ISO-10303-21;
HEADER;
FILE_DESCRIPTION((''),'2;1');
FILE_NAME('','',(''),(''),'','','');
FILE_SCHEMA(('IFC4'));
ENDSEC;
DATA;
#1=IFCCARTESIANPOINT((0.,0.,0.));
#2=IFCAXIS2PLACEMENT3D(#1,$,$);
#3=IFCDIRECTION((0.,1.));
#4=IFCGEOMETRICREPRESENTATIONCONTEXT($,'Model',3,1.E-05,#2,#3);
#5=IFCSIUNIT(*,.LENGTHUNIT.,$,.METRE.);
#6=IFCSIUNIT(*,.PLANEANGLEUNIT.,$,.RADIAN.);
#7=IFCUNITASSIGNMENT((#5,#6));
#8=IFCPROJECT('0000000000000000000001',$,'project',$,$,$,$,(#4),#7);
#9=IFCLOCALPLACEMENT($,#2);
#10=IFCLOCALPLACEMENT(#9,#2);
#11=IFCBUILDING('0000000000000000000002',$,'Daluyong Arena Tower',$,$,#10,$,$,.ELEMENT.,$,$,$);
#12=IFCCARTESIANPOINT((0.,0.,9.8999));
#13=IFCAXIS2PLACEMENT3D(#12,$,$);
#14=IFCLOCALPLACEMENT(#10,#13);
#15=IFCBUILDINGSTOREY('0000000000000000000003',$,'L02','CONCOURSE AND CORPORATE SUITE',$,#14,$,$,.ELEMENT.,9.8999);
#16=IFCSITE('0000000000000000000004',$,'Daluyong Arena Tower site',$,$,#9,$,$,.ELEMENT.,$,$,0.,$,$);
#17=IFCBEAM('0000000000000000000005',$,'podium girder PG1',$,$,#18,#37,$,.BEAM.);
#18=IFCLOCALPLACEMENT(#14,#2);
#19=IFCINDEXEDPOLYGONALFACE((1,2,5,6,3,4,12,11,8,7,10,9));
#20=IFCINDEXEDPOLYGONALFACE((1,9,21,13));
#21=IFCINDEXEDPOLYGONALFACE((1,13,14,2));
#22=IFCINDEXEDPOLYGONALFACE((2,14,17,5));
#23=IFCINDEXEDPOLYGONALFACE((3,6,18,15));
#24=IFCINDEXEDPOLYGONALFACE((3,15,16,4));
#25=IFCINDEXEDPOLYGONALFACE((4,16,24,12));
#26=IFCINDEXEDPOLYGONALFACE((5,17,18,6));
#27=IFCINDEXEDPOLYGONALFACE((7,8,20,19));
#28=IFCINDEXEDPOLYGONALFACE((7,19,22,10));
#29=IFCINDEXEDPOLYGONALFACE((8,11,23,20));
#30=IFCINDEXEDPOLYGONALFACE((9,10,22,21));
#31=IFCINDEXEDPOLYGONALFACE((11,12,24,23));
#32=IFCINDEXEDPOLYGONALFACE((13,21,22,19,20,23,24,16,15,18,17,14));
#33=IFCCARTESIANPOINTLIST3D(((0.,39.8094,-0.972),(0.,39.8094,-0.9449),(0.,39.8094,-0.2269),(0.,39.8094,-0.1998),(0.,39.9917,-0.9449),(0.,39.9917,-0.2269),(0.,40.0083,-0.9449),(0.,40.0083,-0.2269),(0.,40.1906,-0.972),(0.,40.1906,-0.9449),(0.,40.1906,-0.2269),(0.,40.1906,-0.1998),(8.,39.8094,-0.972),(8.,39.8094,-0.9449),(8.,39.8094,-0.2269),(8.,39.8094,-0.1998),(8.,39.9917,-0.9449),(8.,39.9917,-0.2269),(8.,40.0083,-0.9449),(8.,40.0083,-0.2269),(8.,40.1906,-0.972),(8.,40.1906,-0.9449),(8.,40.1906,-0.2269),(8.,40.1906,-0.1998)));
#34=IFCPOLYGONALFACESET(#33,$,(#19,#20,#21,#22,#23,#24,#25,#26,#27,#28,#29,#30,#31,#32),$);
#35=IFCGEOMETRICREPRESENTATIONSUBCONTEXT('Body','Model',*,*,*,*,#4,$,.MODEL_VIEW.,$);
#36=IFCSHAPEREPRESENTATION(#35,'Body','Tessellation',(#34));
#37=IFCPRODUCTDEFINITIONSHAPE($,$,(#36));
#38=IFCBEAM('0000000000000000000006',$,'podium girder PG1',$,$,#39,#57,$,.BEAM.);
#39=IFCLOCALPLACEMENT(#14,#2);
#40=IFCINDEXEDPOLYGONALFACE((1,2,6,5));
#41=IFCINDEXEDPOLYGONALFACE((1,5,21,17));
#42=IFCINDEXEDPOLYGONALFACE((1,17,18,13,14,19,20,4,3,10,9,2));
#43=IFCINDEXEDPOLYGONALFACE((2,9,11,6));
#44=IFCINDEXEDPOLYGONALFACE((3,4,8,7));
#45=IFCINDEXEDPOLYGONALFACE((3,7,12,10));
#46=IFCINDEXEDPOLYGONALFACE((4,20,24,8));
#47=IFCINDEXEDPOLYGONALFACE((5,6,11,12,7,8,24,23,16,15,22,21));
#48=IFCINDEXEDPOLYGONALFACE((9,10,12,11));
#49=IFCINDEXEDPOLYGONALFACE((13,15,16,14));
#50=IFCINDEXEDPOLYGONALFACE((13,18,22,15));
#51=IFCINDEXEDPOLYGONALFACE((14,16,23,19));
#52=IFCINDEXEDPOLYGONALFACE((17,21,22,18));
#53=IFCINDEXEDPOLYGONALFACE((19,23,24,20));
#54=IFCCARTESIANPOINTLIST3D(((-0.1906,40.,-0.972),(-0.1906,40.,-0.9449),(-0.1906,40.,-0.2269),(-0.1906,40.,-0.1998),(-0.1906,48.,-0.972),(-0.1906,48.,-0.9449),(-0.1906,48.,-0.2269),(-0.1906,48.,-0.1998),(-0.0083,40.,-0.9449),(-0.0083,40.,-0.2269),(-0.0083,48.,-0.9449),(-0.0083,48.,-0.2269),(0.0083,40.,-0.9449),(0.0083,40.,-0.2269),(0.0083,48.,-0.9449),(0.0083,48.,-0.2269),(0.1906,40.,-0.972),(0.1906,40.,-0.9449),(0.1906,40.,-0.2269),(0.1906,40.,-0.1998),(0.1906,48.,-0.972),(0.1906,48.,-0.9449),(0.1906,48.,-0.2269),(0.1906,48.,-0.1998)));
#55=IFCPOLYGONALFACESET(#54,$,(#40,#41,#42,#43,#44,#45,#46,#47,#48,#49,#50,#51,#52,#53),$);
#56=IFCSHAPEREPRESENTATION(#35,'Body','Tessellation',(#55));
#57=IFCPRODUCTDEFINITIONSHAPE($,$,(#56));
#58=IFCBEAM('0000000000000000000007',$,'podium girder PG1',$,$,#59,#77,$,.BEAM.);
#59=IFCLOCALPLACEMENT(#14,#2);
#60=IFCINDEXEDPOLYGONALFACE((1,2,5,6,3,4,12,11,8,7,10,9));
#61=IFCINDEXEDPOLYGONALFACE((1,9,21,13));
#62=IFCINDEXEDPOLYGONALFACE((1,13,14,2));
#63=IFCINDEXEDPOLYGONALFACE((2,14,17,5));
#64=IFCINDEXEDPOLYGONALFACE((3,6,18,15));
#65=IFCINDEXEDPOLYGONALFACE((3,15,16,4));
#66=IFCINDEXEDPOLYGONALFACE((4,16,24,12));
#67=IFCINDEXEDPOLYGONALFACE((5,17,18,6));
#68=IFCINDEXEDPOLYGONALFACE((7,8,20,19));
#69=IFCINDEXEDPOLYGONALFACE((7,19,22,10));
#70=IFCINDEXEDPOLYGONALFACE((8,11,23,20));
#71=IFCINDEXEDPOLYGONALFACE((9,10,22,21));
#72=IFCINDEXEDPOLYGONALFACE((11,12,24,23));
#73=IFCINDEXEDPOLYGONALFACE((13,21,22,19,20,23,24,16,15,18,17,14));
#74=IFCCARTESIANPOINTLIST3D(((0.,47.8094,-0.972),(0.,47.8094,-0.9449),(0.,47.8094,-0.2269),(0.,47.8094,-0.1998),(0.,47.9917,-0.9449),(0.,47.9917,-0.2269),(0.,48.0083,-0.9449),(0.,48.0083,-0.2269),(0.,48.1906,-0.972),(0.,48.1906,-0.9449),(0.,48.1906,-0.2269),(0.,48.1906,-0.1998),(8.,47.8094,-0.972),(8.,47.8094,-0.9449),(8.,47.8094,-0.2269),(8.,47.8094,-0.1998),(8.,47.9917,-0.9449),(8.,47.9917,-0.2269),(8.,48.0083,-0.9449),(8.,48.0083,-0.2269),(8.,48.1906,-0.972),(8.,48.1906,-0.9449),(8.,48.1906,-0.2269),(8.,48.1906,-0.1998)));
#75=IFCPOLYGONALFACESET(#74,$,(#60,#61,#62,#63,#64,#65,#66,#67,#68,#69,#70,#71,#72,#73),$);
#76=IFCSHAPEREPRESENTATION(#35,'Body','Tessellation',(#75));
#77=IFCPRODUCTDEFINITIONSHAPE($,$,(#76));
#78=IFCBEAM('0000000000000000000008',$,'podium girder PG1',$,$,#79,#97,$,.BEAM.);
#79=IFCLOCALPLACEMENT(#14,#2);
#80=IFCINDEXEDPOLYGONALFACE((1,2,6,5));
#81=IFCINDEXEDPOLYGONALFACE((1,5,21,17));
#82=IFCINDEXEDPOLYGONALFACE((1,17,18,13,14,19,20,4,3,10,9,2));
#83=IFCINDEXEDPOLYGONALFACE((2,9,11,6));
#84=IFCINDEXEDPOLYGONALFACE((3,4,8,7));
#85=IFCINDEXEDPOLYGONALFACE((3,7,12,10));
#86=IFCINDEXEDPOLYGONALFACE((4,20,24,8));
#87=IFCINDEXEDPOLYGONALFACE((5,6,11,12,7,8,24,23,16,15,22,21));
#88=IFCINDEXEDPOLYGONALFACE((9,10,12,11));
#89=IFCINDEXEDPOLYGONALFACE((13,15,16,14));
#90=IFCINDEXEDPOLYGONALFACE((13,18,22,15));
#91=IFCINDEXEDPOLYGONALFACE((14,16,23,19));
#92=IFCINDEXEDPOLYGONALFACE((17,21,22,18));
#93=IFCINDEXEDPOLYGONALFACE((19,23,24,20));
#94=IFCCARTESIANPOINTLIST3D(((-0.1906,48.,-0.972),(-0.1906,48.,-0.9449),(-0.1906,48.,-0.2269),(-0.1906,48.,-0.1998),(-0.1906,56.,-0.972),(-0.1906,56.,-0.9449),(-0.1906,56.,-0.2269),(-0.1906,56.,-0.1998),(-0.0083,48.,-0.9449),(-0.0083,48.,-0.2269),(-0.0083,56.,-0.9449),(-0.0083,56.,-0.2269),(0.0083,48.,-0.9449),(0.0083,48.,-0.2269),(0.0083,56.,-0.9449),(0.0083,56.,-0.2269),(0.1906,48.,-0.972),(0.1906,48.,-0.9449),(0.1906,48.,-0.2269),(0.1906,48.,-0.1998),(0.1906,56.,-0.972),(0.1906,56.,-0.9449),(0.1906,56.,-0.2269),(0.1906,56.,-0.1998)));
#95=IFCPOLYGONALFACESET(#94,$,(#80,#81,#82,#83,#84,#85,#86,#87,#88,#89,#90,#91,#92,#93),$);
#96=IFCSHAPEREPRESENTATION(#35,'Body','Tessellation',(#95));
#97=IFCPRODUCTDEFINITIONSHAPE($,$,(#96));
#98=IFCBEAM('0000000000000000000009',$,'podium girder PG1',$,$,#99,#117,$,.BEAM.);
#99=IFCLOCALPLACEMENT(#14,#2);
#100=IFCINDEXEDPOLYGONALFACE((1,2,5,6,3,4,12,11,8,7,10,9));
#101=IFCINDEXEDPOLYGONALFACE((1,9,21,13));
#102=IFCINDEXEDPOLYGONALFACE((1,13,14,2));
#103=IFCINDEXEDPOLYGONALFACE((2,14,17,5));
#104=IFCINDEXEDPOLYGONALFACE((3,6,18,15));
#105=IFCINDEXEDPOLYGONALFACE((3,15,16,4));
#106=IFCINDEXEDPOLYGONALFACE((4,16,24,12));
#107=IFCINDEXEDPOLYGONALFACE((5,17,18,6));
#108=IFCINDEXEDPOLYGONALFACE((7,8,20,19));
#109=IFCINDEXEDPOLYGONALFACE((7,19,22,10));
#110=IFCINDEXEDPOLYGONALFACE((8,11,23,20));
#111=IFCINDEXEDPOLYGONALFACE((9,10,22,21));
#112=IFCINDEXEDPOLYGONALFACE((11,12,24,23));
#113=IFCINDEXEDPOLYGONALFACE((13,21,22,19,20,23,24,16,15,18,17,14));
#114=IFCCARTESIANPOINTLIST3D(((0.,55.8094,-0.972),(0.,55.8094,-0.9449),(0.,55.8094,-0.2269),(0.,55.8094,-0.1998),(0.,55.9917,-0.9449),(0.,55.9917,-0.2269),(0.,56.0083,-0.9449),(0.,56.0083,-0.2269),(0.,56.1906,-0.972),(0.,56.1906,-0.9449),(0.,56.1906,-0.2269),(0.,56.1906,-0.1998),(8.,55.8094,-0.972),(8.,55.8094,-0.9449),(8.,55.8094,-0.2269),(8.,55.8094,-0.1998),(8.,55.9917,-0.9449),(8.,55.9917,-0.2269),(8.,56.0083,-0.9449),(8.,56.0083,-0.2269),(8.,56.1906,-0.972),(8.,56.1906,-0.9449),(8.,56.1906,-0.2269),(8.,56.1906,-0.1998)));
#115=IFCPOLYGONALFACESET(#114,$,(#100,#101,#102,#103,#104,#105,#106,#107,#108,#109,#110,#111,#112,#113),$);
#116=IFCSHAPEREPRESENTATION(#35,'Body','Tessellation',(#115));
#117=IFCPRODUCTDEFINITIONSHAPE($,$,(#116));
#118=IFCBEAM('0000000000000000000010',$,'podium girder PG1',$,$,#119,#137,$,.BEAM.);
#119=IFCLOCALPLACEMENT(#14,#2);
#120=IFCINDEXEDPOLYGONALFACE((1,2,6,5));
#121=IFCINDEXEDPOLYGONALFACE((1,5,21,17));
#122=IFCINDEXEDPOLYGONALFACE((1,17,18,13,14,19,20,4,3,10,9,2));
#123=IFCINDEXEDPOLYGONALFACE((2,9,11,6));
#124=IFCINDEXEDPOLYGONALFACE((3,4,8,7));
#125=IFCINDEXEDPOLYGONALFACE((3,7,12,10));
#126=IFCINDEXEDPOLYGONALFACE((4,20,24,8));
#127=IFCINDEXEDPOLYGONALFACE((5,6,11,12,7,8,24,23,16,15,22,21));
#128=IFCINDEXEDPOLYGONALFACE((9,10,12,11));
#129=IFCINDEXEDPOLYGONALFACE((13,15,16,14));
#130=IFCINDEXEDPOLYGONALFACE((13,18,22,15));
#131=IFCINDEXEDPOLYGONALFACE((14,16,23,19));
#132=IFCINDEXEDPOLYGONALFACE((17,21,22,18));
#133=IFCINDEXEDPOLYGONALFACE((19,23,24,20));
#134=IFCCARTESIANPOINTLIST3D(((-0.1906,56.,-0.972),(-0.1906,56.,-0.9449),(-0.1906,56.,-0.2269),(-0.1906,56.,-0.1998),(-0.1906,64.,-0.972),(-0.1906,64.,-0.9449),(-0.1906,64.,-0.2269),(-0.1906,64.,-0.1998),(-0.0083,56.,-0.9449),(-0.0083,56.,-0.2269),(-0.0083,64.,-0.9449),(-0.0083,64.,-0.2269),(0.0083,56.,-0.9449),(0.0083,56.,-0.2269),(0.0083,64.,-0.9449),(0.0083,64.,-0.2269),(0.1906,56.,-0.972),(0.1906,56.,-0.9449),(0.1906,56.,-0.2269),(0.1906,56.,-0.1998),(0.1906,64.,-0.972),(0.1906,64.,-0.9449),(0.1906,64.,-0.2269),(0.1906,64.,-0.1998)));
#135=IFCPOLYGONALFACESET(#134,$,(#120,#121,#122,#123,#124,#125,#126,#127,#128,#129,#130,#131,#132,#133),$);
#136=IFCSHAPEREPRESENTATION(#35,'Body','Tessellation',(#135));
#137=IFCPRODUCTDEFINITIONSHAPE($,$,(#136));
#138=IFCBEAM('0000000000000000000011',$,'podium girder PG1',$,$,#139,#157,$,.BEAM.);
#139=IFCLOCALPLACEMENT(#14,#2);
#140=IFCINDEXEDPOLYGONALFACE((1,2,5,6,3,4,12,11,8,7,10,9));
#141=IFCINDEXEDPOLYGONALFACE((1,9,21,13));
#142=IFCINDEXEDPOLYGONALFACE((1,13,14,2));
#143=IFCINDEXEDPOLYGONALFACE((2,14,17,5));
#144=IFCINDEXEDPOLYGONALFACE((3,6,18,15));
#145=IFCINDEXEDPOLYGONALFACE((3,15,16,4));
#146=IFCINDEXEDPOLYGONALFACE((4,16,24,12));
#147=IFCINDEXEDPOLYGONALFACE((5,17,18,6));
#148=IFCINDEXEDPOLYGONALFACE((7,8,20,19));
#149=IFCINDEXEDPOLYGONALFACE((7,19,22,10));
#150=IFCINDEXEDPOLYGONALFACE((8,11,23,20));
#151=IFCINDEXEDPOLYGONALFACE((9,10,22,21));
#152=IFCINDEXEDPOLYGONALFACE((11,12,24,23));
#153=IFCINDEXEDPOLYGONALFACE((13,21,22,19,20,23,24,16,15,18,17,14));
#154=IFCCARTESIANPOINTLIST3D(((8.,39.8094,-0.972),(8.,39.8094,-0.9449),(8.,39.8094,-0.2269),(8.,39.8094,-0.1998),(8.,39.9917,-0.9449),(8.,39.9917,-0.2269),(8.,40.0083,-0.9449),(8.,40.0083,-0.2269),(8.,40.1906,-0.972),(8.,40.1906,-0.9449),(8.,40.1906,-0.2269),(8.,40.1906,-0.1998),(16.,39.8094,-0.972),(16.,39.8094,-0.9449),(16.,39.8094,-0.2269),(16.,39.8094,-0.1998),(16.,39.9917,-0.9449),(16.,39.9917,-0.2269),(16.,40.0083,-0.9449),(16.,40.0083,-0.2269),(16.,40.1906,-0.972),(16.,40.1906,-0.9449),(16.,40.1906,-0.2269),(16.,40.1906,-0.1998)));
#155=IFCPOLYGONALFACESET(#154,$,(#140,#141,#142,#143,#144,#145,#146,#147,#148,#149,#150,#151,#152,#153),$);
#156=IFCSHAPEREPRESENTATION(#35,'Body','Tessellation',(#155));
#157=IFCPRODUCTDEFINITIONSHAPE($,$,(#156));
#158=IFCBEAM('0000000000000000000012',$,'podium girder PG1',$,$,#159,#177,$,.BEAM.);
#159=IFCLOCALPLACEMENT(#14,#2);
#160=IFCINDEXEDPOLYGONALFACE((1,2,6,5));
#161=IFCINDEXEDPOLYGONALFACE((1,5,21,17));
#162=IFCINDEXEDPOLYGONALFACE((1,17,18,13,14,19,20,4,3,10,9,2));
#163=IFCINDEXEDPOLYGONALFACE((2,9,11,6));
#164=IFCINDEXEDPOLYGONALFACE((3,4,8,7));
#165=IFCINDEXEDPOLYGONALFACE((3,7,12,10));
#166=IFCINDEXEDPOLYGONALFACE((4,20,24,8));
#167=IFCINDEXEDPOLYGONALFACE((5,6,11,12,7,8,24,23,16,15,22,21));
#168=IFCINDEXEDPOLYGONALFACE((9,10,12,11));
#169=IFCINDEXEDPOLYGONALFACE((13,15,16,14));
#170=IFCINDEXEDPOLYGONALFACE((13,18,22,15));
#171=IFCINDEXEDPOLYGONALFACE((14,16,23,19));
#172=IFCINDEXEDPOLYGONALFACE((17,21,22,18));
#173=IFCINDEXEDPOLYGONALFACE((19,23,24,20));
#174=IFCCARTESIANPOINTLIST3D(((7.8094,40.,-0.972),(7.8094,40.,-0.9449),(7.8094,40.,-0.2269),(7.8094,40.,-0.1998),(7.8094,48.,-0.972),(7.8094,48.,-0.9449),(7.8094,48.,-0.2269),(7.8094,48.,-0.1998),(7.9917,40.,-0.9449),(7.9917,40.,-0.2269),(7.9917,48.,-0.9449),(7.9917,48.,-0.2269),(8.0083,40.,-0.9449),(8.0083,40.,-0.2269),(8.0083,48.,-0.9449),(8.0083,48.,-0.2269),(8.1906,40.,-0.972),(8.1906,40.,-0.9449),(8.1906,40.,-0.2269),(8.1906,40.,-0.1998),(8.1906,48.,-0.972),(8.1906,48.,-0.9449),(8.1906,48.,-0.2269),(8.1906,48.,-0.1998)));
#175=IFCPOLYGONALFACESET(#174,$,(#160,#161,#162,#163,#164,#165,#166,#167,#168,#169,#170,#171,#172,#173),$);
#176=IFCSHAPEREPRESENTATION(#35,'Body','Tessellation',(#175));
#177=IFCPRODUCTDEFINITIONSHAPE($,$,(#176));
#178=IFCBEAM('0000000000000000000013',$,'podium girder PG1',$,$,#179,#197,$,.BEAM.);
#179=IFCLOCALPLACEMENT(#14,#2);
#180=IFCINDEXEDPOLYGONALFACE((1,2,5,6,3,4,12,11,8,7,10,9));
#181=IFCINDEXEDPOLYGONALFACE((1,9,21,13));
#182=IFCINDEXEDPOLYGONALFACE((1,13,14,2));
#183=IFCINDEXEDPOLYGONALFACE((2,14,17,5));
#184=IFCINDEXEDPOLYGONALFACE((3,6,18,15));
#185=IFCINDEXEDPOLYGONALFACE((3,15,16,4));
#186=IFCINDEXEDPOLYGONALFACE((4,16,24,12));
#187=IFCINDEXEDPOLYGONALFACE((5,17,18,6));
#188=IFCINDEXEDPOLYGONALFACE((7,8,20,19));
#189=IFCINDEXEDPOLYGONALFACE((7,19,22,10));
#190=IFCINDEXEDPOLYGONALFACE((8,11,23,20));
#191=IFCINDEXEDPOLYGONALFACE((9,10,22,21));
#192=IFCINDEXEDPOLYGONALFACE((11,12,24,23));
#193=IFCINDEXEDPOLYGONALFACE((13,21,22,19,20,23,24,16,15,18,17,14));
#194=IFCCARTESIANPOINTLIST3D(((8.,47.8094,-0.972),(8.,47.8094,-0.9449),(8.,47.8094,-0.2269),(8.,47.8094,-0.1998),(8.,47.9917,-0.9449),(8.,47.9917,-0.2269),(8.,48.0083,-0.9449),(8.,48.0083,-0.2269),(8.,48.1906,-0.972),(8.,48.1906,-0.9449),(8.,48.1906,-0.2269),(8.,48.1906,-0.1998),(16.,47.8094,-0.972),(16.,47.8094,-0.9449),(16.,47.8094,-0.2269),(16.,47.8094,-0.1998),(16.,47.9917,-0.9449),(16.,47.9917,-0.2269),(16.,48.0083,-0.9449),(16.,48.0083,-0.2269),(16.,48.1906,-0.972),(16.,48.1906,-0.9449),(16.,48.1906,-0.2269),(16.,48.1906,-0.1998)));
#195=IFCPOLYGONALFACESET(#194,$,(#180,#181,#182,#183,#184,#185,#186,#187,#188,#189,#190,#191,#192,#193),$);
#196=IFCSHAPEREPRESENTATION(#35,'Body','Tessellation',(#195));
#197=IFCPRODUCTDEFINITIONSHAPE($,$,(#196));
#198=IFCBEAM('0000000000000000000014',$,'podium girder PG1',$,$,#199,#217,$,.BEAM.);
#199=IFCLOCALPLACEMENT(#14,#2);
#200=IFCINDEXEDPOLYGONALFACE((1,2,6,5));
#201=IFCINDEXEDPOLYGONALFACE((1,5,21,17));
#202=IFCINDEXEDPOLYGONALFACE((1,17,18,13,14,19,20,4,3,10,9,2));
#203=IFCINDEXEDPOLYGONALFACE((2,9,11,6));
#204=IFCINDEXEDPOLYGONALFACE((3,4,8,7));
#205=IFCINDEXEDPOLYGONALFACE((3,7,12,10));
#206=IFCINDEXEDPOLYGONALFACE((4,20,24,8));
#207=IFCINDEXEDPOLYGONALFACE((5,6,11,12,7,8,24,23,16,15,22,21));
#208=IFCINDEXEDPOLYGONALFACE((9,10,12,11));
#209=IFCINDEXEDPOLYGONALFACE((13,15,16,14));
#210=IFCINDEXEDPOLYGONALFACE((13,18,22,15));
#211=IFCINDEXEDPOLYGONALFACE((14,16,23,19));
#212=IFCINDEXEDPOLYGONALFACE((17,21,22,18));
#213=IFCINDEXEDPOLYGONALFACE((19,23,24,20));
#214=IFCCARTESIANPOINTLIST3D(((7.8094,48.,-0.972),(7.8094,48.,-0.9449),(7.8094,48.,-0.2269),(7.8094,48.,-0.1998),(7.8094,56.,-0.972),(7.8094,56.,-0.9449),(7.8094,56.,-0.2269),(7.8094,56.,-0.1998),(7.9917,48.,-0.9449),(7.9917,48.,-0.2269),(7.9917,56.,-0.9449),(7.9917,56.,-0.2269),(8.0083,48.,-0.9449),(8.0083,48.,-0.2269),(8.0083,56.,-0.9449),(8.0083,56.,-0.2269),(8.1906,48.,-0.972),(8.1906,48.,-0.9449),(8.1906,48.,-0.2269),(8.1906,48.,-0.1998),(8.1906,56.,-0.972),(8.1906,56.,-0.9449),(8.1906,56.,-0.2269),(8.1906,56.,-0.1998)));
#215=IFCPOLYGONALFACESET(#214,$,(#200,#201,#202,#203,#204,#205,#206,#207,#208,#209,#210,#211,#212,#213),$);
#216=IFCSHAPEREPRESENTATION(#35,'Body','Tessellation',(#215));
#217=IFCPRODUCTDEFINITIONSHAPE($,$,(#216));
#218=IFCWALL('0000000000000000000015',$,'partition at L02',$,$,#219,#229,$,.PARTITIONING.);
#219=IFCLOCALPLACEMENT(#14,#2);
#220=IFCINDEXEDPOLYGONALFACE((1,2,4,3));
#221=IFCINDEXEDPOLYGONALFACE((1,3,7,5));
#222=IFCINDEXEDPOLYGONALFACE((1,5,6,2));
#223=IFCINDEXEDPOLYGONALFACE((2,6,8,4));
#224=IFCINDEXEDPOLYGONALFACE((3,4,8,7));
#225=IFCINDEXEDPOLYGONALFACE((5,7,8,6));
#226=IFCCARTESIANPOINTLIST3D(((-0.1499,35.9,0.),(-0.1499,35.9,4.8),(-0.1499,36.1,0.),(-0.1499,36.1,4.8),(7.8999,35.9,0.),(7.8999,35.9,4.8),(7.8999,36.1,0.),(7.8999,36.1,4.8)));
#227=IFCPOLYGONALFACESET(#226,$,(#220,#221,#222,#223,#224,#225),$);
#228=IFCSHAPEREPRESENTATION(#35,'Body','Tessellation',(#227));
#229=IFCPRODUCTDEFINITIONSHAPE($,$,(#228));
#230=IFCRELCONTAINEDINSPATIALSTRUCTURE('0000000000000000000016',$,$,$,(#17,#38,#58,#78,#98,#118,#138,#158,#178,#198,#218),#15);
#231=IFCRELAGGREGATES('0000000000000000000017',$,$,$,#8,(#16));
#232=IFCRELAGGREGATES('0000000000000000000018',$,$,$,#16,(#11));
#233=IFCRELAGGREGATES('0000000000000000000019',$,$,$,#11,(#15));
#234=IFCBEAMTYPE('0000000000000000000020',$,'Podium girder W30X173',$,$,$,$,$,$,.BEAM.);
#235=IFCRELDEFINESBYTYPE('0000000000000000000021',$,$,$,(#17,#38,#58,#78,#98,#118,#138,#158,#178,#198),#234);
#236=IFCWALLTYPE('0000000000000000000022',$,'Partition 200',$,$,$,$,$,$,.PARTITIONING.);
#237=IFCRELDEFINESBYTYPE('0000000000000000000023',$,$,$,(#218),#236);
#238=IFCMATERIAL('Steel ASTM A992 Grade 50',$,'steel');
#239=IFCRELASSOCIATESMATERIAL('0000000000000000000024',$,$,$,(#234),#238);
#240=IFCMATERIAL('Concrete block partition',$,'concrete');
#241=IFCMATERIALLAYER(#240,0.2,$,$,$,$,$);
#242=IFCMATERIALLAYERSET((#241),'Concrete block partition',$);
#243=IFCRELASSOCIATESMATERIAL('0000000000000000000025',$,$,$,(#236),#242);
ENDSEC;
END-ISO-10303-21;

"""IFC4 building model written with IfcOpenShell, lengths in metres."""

from ifc_helpers import new_model, si_unit, direction, frame, frame_2d, origin, origin_2d, place, context, subcontext, project, spatial, rectangle, i_section, extrude, material, layer, layer_set, material_profile, profile_set, type_object, element, save


model = new_model("IFC4")

# Units and contexts
model_context = context("Model", 3, precision=1e-05, world=origin(), true_north=direction((0.0, 1.0)))
body_context = subcontext(model_context, "Body", "Model", "MODEL_VIEW")
ifc_project = project(units=[si_unit("LENGTHUNIT", "METRE"), si_unit("PLANEANGLEUNIT", "RADIAN")], contexts=[model_context])

# Site, building, storey
site_placement = place(None, origin())
site = spatial("IfcSite", under=ifc_project, at=site_placement, Name="Daluyong Arena Tower site", CompositionType="ELEMENT", RefElevation=0.0)
building_placement = place(site_placement, origin())
building = spatial("IfcBuilding", under=site, at=building_placement, Name="Daluyong Arena Tower", CompositionType="ELEMENT")
storey_placement = place(building_placement, frame((0.0, 0.0, 9.8999)))
storey = spatial("IfcBuildingStorey", under=building, at=storey_placement, Name="L02", Description="CONCOURSE AND CORPORATE SUITE", CompositionType="ELEMENT", Elevation=9.8999)

# Beams
ifc_material_1 = material(Name="Steel ASTM A992 Grade 50", Category="steel")
ifc_material_profile_1 = material_profile(ifc_material_1, i_section(OverallWidth=0.3811, OverallDepth=0.7722, WebThickness=0.0166, FlangeThickness=0.0271, at=origin_2d()))
ifc_profile_set_1 = profile_set([ifc_material_profile_1], Name="Steel ASTM A992 Grade 50")
beam_type_1 = type_object("IfcBeamType", Name="Podium girder W30X173", PredefinedType="BEAM", material=ifc_profile_set_1)
for number, where, z_axis, x_axis, name in (
    (1, (0.0, 40.0, -0.5859), (1.0, 0.0, 0.0), (0.0, 1.0, 0.0), "podium girder PG1"),
    (2, (0.0, 40.0, -0.5859), (0.0, 1.0, 0.0), (-1.0, 0.0, 0.0), "podium girder PG1"),
    (3, (0.0, 48.0, -0.5859), (1.0, 0.0, 0.0), (0.0, 1.0, 0.0), "podium girder PG1"),
    (4, (0.0, 48.0, -0.5859), (0.0, 1.0, 0.0), (-1.0, 0.0, 0.0), "podium girder PG1"),
    (5, (0.0, 56.0, -0.5859), (1.0, 0.0, 0.0), (0.0, 1.0, 0.0), "podium girder PG1"),
    (6, (0.0, 56.0, -0.5859), (0.0, 1.0, 0.0), (-1.0, 0.0, 0.0), "podium girder PG1"),
    (7, (8.0, 40.0, -0.5859), (1.0, 0.0, 0.0), (0.0, 1.0, 0.0), "podium girder PG1"),
    (8, (8.0, 40.0, -0.5859), (0.0, 1.0, 0.0), (-1.0, 0.0, 0.0), "podium girder PG1"),
    (9, (8.0, 48.0, -0.5859), (1.0, 0.0, 0.0), (0.0, 1.0, 0.0), "podium girder PG1"),
    (10, (8.0, 48.0, -0.5859), (0.0, 1.0, 0.0), (-1.0, 0.0, 0.0), "podium girder PG1"),
):
    element("IfcBeam", number, at=place(storey_placement, frame(where, z_axis=z_axis, x_axis=x_axis)), inside=storey, type_object=beam_type_1, Name=name, PredefinedType="BEAM", context=body_context, shape_type="SweptSolid", body=[
        extrude(i_section(OverallWidth=0.3811, OverallDepth=0.7722, WebThickness=0.0166, FlangeThickness=0.0271, at=origin_2d()), origin(), (0.0, 0.0, 1.0), 8.0),
    ])

# Wall
ifc_material_2 = material(Name="Concrete block partition", Category="concrete")
ifc_layer_1 = layer(ifc_material_2, 0.2)
ifc_layer_set_1 = layer_set([ifc_layer_1], Name="Concrete block partition")
wall_type_1 = type_object("IfcWallType", Name="Partition 200", PredefinedType="PARTITIONING", material=ifc_layer_set_1)
wall_1_placement = place(storey_placement, frame((-0.1499, 36.0, 0.0), z_axis=(0.0, 0.0, 1.0), x_axis=(1.0, 0.0, 0.0)))
element("IfcWall", 11, at=wall_1_placement, inside=storey, type_object=wall_type_1, Name="partition at L02", PredefinedType="PARTITIONING", context=body_context, shape_type="SweptSolid", body=[
    extrude(rectangle(XDim=8.0498, YDim=0.2, at=frame_2d((4.0249, 0.0))), origin(), (0.0, 0.0, 1.0), 4.8),
])

save(model, "model.ifc")
